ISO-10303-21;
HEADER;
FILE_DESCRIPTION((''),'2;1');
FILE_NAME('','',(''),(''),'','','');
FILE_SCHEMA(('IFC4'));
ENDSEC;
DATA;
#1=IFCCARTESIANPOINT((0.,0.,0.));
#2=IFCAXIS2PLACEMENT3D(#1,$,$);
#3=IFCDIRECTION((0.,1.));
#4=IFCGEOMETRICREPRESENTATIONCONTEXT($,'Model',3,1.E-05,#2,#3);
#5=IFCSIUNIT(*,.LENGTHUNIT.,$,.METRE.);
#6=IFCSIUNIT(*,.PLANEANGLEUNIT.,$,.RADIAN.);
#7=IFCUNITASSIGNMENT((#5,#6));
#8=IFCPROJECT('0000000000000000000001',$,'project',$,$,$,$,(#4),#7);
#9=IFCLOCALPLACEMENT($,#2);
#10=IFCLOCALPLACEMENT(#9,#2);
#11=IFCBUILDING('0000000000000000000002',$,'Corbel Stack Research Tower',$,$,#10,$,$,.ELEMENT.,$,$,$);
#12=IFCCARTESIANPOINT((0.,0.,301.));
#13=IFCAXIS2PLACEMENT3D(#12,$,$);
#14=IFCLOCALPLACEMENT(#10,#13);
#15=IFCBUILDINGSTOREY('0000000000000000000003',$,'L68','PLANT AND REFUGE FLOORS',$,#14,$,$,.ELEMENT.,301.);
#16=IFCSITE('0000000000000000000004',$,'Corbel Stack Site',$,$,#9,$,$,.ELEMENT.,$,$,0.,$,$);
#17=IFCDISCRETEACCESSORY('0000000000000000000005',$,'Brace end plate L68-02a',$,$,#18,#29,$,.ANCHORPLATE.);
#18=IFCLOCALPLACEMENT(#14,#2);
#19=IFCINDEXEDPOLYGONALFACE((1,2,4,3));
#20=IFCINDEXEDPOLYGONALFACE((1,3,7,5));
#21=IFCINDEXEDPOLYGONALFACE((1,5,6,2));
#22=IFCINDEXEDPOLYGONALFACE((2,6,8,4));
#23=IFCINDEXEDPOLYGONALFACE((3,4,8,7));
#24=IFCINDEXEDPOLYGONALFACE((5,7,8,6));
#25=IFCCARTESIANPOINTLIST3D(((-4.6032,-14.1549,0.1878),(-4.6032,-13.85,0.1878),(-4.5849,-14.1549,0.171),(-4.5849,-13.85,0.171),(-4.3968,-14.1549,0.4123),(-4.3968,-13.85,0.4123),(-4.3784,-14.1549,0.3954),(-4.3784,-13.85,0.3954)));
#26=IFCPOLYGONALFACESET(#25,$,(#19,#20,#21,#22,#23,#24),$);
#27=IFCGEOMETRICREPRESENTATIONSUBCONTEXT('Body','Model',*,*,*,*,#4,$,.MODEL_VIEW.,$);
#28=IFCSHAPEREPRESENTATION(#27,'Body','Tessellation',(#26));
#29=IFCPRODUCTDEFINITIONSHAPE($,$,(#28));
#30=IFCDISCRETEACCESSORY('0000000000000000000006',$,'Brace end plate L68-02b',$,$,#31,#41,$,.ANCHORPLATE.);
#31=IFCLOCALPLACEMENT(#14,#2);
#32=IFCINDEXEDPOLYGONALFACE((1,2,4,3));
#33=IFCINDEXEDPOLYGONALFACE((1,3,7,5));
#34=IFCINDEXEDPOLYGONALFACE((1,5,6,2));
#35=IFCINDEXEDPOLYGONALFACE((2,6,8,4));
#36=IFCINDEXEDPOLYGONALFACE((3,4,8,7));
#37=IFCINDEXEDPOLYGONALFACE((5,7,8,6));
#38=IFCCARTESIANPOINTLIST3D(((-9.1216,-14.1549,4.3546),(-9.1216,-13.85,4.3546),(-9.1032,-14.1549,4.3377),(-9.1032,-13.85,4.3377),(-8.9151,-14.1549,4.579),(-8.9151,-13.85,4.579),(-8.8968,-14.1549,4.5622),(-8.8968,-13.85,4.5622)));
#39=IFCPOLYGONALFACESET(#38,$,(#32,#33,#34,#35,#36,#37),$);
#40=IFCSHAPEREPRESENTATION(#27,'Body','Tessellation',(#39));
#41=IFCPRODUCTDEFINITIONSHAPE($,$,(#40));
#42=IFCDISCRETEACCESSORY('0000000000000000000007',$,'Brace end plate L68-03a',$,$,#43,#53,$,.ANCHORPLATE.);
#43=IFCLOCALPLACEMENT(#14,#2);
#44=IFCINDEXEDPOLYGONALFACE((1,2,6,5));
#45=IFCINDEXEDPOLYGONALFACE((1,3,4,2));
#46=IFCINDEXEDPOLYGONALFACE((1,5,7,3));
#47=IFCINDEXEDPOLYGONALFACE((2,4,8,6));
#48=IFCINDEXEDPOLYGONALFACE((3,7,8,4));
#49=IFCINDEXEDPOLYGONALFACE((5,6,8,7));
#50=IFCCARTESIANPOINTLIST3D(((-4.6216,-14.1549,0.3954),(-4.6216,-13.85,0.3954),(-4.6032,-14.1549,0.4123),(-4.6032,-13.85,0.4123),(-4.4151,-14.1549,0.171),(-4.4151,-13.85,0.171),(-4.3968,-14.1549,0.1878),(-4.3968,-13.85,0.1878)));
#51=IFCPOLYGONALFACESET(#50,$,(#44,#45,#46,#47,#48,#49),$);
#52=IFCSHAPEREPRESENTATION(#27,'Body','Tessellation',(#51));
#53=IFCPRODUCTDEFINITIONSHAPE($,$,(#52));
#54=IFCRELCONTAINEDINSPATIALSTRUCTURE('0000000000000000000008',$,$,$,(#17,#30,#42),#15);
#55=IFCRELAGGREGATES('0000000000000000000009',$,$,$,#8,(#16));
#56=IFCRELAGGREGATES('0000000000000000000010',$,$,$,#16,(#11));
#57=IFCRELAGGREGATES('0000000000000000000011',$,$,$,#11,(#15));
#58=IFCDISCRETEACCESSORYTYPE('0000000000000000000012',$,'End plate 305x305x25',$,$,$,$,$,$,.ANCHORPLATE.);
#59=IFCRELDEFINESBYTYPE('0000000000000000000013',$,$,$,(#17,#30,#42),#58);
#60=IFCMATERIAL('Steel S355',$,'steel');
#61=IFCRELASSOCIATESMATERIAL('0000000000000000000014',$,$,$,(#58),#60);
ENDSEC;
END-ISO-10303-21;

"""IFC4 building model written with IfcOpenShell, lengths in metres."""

from ifc_helpers import new_model, si_unit, direction, frame, origin, origin_2d, place, context, subcontext, project, spatial, rectangle, extrude, material, material_profile, profile_set, type_object, element, save


model = new_model("IFC4")

# Units and contexts
model_context = context("Model", 3, precision=1e-05, world=origin(), true_north=direction((0.0, 1.0)))
body_context = subcontext(model_context, "Body", "Model", "MODEL_VIEW")
ifc_project = project(units=[si_unit("LENGTHUNIT", "METRE"), si_unit("PLANEANGLEUNIT", "RADIAN")], contexts=[model_context])

# Site, building, storey
site_placement = place(None, origin())
site = spatial("IfcSite", under=ifc_project, at=site_placement, Name="Corbel Stack Site", CompositionType="ELEMENT", RefElevation=0.0)
building_placement = place(site_placement, origin())
building = spatial("IfcBuilding", under=site, at=building_placement, Name="Corbel Stack Research Tower", CompositionType="ELEMENT")
storey_placement = place(building_placement, frame((0.0, 0.0, 301.0)))
storey = spatial("IfcBuildingStorey", under=building, at=storey_placement, Name="L68", Description="PLANT AND REFUGE FLOORS", CompositionType="ELEMENT", Elevation=301.0)

# Discrete accessories
ifc_material_1 = material(Name="Steel S355", Category="steel")
ifc_material_profile_1 = material_profile(ifc_material_1, rectangle(XDim=0.3049, YDim=0.3049, at=origin_2d()), Name="End plate 305x305x25")
ifc_profile_set_1 = profile_set([ifc_material_profile_1], Name="Steel S355")
discrete_accessory_type = type_object("IfcDiscreteAccessoryType", Name="End plate 305x305x25", PredefinedType="ANCHORPLATE", material=ifc_profile_set_1)
for number, where, z_axis, x_axis, name in (
    (1, (-4.5, -14.0024, 0.3), (0.735931, 0.0, -0.677057), (0.0, 1.0, 0.0), "Brace end plate L68-02a"),
    (2, (-9.0, -14.0024, 4.45), (-0.735931, 0.0, 0.677057), (0.0, -1.0, 0.0), "Brace end plate L68-02b"),
    (3, (-4.5, -14.0024, 0.3), (-0.735931, 0.0, -0.677057), (0.0, -1.0, 0.0), "Brace end plate L68-03a"),
):
    element("IfcDiscreteAccessory", number, at=place(storey_placement, frame(where, z_axis=z_axis, x_axis=x_axis)), inside=storey, type_object=discrete_accessory_type, Name=name, PredefinedType="ANCHORPLATE", context=body_context, shape_type="SweptSolid", body=[
        extrude(rectangle(XDim=0.3049, YDim=0.3049, at=origin_2d()), origin(), (0.0, 0.0, 1.0), 0.0249),
    ])

save(model, "model.ifc")
